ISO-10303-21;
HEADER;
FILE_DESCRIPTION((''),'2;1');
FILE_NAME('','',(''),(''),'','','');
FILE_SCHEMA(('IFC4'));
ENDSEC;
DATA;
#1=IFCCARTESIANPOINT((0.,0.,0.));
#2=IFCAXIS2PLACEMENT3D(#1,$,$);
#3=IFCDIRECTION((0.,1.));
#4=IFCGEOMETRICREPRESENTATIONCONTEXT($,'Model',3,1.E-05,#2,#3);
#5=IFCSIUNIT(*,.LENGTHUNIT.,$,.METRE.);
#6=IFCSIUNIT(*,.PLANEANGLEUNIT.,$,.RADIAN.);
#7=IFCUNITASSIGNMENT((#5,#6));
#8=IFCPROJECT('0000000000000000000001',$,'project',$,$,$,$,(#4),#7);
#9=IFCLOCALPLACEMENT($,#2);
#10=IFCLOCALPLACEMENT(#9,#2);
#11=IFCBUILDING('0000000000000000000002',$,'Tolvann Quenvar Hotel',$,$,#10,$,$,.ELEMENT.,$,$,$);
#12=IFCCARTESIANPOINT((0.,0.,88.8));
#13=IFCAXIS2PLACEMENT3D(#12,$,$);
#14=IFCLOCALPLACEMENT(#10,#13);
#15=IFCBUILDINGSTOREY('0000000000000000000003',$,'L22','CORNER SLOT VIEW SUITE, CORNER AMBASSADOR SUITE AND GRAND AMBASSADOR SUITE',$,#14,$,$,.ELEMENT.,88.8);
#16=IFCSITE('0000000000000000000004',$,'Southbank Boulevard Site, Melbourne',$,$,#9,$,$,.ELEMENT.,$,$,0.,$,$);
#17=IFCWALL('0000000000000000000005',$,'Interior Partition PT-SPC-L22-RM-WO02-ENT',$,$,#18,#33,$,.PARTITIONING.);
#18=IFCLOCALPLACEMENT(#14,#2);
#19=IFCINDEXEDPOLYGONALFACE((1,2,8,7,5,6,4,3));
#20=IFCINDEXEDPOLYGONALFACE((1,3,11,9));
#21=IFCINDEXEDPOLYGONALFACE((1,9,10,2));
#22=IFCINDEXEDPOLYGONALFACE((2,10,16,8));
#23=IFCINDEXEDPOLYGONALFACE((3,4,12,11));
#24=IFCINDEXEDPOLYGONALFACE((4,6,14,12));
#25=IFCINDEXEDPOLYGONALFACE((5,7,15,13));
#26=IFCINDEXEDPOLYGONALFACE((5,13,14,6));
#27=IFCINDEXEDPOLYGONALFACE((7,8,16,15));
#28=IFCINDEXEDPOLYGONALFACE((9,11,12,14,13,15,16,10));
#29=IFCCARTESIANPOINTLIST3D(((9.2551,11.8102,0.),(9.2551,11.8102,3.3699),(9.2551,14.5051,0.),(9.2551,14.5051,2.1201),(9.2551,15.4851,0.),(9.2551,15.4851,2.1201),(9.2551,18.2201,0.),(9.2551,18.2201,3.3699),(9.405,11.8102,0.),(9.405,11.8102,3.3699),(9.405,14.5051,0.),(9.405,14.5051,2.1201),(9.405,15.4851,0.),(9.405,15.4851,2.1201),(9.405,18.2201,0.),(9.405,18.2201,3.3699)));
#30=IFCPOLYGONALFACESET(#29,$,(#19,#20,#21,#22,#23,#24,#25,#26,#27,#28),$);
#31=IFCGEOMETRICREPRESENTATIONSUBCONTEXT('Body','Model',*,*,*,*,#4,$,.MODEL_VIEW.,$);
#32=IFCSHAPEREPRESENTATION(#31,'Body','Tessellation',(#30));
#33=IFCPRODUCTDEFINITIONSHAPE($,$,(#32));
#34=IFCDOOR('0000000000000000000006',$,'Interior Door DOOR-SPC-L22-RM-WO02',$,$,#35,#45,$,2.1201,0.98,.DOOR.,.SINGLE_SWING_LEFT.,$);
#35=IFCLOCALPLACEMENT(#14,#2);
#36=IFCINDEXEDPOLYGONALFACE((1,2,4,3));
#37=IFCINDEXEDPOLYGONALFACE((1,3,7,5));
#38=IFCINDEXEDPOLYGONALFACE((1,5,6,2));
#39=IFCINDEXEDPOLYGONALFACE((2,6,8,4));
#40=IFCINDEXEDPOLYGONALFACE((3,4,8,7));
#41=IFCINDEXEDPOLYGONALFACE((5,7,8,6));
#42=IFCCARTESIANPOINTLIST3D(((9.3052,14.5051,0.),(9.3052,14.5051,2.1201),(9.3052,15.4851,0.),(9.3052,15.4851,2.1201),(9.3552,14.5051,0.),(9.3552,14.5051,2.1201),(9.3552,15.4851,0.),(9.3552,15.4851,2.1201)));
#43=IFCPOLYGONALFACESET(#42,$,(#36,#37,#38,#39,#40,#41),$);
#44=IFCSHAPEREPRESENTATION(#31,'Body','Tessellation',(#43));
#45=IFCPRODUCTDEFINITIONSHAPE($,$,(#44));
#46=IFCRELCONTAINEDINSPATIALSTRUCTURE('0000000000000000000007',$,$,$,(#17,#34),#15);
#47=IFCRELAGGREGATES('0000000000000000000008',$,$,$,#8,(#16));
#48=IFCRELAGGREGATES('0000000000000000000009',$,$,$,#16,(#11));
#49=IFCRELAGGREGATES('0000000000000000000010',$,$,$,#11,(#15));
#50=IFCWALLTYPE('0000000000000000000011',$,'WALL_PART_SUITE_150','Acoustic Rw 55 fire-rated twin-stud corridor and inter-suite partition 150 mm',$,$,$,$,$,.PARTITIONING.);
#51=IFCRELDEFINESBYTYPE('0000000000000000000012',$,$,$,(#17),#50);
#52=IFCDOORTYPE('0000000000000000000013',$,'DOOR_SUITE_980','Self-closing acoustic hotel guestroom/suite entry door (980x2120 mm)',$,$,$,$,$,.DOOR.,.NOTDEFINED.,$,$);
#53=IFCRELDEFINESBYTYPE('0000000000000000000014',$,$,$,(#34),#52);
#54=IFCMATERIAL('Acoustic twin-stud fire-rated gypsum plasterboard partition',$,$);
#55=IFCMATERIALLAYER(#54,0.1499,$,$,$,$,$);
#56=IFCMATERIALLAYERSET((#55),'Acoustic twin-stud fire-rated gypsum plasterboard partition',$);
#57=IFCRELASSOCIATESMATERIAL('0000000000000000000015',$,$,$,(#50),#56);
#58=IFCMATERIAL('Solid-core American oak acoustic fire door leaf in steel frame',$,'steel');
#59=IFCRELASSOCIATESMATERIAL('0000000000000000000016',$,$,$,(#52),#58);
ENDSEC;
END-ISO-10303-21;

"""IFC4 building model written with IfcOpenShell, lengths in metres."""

from ifc_helpers import new_model, si_unit, direction, frame, frame_2d, origin, place, context, subcontext, project, spatial, rectangle, extrude, source, transform, mapped, material, layer, layer_set, type_object, type_shapes, element, fill, save


model = new_model("IFC4")

# Units and contexts
model_context = context("Model", 3, precision=1e-05, world=origin(), true_north=direction((0.0, 1.0)))
body_context = subcontext(model_context, "Body", "Model", "MODEL_VIEW")
ifc_project = project(units=[si_unit("LENGTHUNIT", "METRE"), si_unit("PLANEANGLEUNIT", "RADIAN")], contexts=[model_context])

# Site, building, storey
site_placement = place(None, origin())
site = spatial("IfcSite", under=ifc_project, at=site_placement, Name="Southbank Boulevard Site, Melbourne", CompositionType="ELEMENT", RefElevation=0.0)
building_placement = place(site_placement, origin())
building = spatial("IfcBuilding", under=site, at=building_placement, Name="Tolvann Quenvar Hotel", CompositionType="ELEMENT")
storey_placement = place(building_placement, frame((0.0, 0.0, 88.8)))
storey = spatial("IfcBuildingStorey", under=building, at=storey_placement, Name="L22", Description="CORNER SLOT VIEW SUITE, CORNER AMBASSADOR SUITE AND GRAND AMBASSADOR SUITE", CompositionType="ELEMENT", Elevation=88.8)

# Shared definitions
ifc_material_1 = material(Name="Acoustic twin-stud fire-rated gypsum plasterboard partition")
ifc_layer_1 = layer(ifc_material_1, 0.1499)
ifc_layer_set_1 = layer_set([ifc_layer_1], Name="Acoustic twin-stud fire-rated gypsum plasterboard partition")
wall_type_1 = type_object("IfcWallType", Name="WALL_PART_SUITE_150", Description="Acoustic Rw 55 fire-rated twin-stud corridor and inter-suite partition 150 mm", PredefinedType="PARTITIONING", material=ifc_layer_set_1)

# Shared definitions
ifc_material_2 = material(Name="Solid-core American oak acoustic fire door leaf in steel frame", Category="steel")

# Shared definitions
door_type_1 = type_object("IfcDoorType", Name="DOOR_SUITE_980", Description="Self-closing acoustic hotel guestroom/suite entry door (980x2120 mm)", OperationType="NOTDEFINED", PredefinedType="DOOR", material=ifc_material_2)
shared_shape_1 = source(origin(), body_context, "Body", "SweptSolid", [
    extrude(rectangle(XDim=0.98, YDim=2.1201, at=frame_2d((0.49, 1.0601))), frame((0.0, 0.0249, 0.0), z_axis=(0.0, -1.0, 0.0), x_axis=(1.0, 0.0, 0.0)), (0.0, 0.0, 1.0), 0.05),
])
type_shapes(door_type_1, [shared_shape_1])

# Wall, opening, door
wall_1_placement = place(storey_placement, frame((9.3301, 11.8101, 0.0), z_axis=(0.0, 0.0, 1.0), x_axis=(0.0, 1.0, 0.0)))
wall_1 = element("IfcWall", 1, at=wall_1_placement, inside=storey, type_object=wall_type_1, Name="Interior Partition PT-SPC-L22-RM-WO02-ENT", PredefinedType="PARTITIONING", context=body_context, shape_type="SweptSolid", body=[
    extrude(rectangle(XDim=6.4099, YDim=0.1499, at=frame_2d((3.2051, 0.0))), origin(), (0.0, 0.0, 1.0), 3.3699),
])
opening_1_placement = place(wall_1_placement, frame((2.6951, 0.0, 0.0)))
opening_1 = element("IfcOpeningElement", 2, at=opening_1_placement, cuts=wall_1, PredefinedType="OPENING", context=body_context, shape_type="SweptSolid", body=[
    extrude(rectangle(XDim=0.98, YDim=2.1201, at=frame_2d((0.49, 1.0601))), frame((0.0, 0.085, 0.0), z_axis=(0.0, -1.0, 0.0), x_axis=(1.0, 0.0, 0.0)), (0.0, 0.0, 1.0), 0.1699),
])
door_1_placement = place(opening_1_placement, origin())
door_1 = element("IfcDoor", 3, at=door_1_placement, inside=storey, type_object=door_type_1, Name="Interior Door DOOR-SPC-L22-RM-WO02", OperationType="SINGLE_SWING_LEFT", OverallHeight=2.1201, OverallWidth=0.98, PredefinedType="DOOR", context=body_context, shape_type="MappedRepresentation", body=[
    mapped(shared_shape_1, transform((0.0, 0.0, 0.0), x_axis=(1.0, 0.0, 0.0), y_axis=(0.0, 1.0, 0.0), z_axis=(0.0, 0.0, 1.0), scale=1.0)),
])
fill(opening_1, door_1)

save(model, "model.ifc")
